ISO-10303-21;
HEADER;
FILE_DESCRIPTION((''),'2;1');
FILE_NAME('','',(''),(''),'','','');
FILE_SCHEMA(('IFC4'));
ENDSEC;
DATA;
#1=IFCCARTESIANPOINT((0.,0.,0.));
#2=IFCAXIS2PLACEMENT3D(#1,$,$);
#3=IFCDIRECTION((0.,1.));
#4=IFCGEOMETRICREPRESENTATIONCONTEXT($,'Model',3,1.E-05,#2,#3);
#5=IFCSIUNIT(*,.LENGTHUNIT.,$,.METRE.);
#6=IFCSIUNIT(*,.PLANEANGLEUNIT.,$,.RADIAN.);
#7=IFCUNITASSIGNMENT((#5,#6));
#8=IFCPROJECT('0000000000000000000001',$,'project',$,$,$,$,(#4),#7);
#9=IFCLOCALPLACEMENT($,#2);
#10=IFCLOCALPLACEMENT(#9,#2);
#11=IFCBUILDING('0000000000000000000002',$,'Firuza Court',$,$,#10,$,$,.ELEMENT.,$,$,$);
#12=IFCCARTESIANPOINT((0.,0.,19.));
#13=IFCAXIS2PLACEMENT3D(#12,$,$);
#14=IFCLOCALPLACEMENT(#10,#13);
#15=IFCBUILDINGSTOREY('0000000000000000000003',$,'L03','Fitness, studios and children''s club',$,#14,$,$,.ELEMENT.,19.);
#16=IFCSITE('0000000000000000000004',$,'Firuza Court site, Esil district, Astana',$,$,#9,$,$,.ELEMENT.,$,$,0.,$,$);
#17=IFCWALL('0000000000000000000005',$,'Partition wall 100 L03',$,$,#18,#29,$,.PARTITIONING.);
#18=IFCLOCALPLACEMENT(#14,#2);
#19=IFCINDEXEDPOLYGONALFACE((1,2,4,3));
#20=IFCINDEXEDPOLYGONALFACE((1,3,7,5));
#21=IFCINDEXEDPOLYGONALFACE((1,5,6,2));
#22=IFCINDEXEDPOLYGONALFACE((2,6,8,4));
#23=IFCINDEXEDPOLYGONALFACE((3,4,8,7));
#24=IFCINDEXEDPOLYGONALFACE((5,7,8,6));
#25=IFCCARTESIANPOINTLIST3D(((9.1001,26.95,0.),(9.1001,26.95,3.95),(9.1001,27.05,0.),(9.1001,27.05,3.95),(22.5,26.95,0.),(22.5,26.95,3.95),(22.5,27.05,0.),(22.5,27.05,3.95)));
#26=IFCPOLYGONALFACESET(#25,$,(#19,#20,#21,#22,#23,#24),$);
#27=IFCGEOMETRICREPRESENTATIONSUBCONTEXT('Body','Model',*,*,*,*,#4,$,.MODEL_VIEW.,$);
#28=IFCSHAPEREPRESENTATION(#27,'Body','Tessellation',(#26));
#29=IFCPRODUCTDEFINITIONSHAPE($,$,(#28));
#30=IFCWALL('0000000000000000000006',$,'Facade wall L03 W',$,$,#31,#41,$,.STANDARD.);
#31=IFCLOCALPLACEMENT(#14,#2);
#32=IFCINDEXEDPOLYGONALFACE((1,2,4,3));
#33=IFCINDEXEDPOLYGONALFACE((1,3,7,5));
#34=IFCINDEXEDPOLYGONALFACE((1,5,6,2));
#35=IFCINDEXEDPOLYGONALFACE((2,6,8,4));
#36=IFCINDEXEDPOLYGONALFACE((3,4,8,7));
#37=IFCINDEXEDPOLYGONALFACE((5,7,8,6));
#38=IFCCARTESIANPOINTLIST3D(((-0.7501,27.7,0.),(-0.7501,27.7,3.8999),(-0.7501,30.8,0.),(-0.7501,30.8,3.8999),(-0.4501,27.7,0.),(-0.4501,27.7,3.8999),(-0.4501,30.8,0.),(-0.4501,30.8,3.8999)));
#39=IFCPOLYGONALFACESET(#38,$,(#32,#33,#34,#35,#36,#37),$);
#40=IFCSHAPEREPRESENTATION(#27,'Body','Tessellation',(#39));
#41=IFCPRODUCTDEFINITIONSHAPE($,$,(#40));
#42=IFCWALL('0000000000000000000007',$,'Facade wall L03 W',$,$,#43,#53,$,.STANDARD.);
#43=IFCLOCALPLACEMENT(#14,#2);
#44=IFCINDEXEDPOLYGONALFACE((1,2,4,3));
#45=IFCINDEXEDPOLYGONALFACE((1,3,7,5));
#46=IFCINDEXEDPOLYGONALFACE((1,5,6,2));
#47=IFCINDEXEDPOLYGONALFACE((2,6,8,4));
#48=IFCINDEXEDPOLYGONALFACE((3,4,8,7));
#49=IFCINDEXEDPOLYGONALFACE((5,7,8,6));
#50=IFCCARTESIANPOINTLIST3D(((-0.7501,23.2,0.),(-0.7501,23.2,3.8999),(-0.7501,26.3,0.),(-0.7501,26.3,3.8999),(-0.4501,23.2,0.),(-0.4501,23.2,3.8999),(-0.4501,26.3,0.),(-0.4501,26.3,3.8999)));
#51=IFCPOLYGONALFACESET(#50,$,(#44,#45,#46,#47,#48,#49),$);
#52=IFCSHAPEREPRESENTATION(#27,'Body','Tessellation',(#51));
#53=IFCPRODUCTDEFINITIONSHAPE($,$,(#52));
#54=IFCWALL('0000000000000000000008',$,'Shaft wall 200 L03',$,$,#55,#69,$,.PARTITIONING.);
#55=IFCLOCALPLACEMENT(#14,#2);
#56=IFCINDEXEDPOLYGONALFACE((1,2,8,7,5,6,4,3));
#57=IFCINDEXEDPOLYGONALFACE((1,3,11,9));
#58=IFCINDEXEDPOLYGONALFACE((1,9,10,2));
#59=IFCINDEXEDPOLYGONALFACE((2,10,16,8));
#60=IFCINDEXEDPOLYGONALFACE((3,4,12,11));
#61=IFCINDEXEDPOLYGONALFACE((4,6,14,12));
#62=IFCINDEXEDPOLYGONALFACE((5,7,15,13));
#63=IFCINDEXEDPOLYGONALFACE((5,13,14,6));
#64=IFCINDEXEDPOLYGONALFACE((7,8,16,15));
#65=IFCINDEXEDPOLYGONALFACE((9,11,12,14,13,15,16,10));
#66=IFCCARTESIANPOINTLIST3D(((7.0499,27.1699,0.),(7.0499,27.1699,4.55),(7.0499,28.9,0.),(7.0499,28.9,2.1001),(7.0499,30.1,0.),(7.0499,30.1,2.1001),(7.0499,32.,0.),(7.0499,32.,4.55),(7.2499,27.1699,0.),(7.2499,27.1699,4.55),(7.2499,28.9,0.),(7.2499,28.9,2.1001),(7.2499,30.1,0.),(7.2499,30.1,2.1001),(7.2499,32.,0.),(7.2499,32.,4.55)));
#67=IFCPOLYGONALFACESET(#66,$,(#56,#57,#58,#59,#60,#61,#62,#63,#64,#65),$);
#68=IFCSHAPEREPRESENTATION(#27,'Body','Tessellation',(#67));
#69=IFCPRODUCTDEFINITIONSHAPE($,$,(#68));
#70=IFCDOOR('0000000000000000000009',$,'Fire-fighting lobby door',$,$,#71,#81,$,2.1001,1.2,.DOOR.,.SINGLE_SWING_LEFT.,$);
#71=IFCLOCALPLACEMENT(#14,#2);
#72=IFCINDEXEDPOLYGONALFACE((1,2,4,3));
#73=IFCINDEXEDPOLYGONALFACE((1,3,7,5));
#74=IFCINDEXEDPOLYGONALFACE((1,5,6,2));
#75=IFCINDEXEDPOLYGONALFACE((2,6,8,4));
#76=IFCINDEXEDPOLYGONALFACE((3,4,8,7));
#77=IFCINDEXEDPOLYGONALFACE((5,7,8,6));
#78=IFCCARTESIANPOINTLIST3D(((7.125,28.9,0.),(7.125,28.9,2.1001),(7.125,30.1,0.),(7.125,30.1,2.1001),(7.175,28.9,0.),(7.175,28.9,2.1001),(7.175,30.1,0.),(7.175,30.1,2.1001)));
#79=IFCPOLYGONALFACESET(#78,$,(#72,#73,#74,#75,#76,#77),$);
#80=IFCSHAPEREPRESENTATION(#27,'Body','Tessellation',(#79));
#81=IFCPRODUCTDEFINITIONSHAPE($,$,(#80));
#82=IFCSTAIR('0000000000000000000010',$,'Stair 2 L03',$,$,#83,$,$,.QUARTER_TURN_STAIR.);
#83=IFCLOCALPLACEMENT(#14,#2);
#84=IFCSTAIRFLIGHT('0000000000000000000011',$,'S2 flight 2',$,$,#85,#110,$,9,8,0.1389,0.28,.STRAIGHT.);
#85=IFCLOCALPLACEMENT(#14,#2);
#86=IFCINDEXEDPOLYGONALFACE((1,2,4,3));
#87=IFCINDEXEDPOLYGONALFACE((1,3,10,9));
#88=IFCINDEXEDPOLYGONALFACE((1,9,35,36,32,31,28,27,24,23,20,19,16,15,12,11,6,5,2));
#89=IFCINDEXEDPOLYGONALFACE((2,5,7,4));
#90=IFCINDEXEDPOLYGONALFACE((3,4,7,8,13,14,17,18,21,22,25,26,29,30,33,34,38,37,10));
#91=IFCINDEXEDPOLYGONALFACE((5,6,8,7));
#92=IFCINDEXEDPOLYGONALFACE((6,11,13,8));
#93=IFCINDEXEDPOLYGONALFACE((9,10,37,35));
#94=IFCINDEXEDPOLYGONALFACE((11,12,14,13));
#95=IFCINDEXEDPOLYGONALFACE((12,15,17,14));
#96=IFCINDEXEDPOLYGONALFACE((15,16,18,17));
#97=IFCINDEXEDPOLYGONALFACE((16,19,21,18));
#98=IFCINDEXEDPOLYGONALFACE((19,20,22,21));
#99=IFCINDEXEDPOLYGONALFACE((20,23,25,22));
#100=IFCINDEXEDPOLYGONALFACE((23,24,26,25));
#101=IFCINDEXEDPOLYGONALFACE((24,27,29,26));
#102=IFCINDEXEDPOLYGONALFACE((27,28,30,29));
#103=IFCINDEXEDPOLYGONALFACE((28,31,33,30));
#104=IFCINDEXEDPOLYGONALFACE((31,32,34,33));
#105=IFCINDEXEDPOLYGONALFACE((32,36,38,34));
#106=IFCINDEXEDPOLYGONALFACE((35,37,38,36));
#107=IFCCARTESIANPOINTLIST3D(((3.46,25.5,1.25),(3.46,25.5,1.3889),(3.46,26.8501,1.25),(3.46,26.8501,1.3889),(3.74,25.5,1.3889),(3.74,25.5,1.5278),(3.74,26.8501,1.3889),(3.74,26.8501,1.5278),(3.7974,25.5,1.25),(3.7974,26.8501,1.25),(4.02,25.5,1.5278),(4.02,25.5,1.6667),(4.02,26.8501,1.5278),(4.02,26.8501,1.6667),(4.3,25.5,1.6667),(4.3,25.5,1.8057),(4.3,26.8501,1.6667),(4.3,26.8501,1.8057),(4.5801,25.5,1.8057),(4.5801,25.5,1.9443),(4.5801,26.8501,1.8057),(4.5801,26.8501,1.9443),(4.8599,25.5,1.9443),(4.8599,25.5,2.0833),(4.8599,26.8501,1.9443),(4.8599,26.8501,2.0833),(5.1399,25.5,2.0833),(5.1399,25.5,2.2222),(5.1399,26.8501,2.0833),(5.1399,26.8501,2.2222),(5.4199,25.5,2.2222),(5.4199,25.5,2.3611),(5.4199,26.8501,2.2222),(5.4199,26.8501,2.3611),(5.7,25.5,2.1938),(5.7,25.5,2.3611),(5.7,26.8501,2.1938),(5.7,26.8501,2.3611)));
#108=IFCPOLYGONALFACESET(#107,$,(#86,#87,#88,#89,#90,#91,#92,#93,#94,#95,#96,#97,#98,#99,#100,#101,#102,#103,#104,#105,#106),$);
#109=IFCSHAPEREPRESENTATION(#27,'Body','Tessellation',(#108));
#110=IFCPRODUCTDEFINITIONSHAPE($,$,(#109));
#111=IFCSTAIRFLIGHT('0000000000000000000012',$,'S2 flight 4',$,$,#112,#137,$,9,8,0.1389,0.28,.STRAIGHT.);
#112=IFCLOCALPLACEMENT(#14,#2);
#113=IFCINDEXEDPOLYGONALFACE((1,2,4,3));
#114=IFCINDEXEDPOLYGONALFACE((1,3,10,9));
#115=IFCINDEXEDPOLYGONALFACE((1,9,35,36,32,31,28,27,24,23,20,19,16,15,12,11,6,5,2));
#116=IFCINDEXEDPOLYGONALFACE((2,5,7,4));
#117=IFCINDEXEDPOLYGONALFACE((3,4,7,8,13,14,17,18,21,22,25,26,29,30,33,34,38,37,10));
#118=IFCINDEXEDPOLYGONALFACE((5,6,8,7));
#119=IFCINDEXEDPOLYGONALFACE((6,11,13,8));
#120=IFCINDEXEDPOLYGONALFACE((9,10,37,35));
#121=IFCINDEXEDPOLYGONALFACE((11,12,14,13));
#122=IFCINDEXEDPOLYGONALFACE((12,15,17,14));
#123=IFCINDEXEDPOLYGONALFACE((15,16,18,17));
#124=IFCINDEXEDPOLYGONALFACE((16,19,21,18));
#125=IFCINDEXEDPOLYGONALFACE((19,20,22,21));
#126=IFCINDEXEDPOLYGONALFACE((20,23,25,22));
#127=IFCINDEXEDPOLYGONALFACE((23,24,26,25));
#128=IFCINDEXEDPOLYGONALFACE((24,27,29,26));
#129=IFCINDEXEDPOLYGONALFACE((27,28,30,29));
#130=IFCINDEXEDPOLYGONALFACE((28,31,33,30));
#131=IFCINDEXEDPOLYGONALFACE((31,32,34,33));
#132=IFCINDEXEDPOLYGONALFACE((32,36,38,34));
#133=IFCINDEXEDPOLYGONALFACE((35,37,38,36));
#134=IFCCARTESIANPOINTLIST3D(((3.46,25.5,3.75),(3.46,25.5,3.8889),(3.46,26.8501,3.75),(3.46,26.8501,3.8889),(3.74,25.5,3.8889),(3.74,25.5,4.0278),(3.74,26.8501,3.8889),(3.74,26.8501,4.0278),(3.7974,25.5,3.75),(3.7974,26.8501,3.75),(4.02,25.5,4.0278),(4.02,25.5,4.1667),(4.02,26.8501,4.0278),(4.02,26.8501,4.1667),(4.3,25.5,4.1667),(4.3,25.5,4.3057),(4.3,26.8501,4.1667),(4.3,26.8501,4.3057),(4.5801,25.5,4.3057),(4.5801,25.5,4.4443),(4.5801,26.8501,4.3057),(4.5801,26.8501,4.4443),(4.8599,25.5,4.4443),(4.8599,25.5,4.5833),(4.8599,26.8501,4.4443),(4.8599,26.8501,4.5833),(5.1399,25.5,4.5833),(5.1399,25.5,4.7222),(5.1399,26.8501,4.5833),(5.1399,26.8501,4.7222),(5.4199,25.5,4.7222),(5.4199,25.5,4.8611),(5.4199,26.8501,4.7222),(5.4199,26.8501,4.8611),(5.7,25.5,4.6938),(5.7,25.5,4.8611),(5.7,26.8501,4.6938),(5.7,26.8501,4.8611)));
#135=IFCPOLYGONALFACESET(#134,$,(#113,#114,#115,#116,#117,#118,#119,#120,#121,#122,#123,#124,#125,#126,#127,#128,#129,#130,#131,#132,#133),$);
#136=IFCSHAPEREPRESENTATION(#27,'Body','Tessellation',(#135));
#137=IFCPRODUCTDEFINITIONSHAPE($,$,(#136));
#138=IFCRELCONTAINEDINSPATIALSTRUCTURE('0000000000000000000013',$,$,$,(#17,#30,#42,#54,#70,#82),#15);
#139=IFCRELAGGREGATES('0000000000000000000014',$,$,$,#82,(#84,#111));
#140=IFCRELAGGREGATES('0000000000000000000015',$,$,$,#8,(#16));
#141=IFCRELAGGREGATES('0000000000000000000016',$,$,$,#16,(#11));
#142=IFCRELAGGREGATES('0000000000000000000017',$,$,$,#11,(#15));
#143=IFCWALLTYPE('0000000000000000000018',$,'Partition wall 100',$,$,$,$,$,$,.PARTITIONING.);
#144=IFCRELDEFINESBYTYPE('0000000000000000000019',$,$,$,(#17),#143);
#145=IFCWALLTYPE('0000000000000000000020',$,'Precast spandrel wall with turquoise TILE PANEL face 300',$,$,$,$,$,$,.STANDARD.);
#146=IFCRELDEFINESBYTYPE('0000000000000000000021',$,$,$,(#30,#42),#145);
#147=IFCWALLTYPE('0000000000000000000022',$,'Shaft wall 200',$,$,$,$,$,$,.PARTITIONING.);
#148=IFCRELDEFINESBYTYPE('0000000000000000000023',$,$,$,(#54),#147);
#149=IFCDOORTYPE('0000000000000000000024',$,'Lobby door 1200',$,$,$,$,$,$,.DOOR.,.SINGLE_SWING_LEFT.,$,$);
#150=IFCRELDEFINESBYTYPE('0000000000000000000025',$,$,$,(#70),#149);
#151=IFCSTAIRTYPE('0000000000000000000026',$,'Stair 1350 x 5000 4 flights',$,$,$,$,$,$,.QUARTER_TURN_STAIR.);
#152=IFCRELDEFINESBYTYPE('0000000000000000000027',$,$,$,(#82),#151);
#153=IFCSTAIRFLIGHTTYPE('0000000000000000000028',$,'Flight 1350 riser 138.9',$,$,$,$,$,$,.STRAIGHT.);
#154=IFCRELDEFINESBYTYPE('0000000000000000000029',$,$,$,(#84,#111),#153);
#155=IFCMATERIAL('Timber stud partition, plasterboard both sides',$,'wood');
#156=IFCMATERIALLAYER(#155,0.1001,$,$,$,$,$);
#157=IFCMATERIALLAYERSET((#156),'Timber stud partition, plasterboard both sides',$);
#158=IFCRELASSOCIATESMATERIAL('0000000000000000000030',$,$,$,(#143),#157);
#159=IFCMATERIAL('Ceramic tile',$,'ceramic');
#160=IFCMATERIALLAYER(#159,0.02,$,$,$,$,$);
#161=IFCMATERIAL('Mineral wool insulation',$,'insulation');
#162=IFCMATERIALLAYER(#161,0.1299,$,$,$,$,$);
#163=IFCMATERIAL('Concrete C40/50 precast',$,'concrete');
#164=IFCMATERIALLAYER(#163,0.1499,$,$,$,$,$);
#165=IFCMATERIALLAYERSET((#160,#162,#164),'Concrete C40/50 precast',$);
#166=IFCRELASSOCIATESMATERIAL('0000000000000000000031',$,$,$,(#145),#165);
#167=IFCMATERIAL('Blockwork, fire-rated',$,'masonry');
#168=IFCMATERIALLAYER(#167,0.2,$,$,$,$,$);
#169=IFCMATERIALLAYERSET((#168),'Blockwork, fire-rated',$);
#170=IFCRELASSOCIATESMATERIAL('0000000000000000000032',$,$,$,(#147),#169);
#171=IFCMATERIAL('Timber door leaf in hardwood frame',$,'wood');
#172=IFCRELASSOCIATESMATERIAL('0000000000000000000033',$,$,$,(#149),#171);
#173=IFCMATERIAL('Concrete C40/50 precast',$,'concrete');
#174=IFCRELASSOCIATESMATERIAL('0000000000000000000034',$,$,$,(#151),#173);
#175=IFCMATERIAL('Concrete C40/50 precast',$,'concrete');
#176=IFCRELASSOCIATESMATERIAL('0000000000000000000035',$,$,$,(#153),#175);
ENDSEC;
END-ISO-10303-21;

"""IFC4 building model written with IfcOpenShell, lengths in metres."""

from ifc_helpers import new_model, si_unit, direction, frame, frame_2d, origin, place, context, subcontext, project, spatial, polyline, rectangle, outline, extrude, material, layer, layer_set, type_object, element, fill, aggregate, save


model = new_model("IFC4")

# Units and contexts
model_context = context("Model", 3, precision=1e-05, world=origin(), true_north=direction((0.0, 1.0)))
body_context = subcontext(model_context, "Body", "Model", "MODEL_VIEW")
ifc_project = project(units=[si_unit("LENGTHUNIT", "METRE"), si_unit("PLANEANGLEUNIT", "RADIAN")], contexts=[model_context])

# Site, building, storey
site_placement = place(None, origin())
site = spatial("IfcSite", under=ifc_project, at=site_placement, Name="Firuza Court site, Esil district, Astana", CompositionType="ELEMENT", RefElevation=0.0)
building_placement = place(site_placement, origin())
building = spatial("IfcBuilding", under=site, at=building_placement, Name="Firuza Court", CompositionType="ELEMENT")
storey_placement = place(building_placement, frame((0.0, 0.0, 19.0)))
storey = spatial("IfcBuildingStorey", under=building, at=storey_placement, Name="L03", Description="Fitness, studios and children's club", CompositionType="ELEMENT", Elevation=19.0)

# Walls
ifc_material_1 = material(Name="Timber stud partition, plasterboard both sides", Category="wood")
ifc_layer_1 = layer(ifc_material_1, 0.1001)
ifc_layer_set_1 = layer_set([ifc_layer_1], Name="Timber stud partition, plasterboard both sides")
wall_type_1 = type_object("IfcWallType", Name="Partition wall 100", PredefinedType="PARTITIONING", material=ifc_layer_set_1)
wall_1_placement = place(storey_placement, frame((22.5, 27.0, 0.0), z_axis=(0.0, 0.0, 1.0), x_axis=(-1.0, 0.0, 0.0)))
element("IfcWall", 1, at=wall_1_placement, inside=storey, type_object=wall_type_1, Name="Partition wall 100 L03", PredefinedType="PARTITIONING", context=body_context, shape_type="SweptSolid", body=[
    extrude(rectangle(XDim=13.3999, YDim=0.1001, at=frame_2d((6.7, 0.0))), origin(), (0.0, 0.0, 1.0), 3.95),
])
ifc_material_2 = material(Name="Ceramic tile", Category="ceramic")
ifc_layer_2 = layer(ifc_material_2, 0.02)
ifc_material_3 = material(Name="Mineral wool insulation", Category="insulation")
ifc_layer_3 = layer(ifc_material_3, 0.1299)
ifc_material_4 = material(Name="Concrete C40/50 precast", Category="concrete")
ifc_layer_4 = layer(ifc_material_4, 0.1499)
ifc_layer_set_2 = layer_set([ifc_layer_2, ifc_layer_3, ifc_layer_4], Name="Concrete C40/50 precast")
wall_type_2 = type_object("IfcWallType", Name="Precast spandrel wall with turquoise TILE PANEL face 300", PredefinedType="STANDARD", material=ifc_layer_set_2)
for number, where, z_axis, x_axis, name in (
    (2, (-0.6001, 30.8, 0.0), (0.0, 0.0, 1.0), (0.0, -1.0, 0.0), "Facade wall L03 W"),
    (3, (-0.6001, 26.3, 0.0), (0.0, 0.0, 1.0), (0.0, -1.0, 0.0), "Facade wall L03 W"),
):
    element("IfcWall", number, at=place(storey_placement, frame(where, z_axis=z_axis, x_axis=x_axis)), inside=storey, type_object=wall_type_2, Name=name, PredefinedType="STANDARD", context=body_context, shape_type="SweptSolid", body=[
        extrude(rectangle(XDim=3.1001, YDim=0.3, at=frame_2d((1.55, 0.0))), origin(), (0.0, 0.0, 1.0), 3.8999),
    ])

# Wall, opening, door
ifc_material_5 = material(Name="Blockwork, fire-rated", Category="masonry")
ifc_layer_5 = layer(ifc_material_5, 0.2)
ifc_layer_set_3 = layer_set([ifc_layer_5], Name="Blockwork, fire-rated")
wall_type_3 = type_object("IfcWallType", Name="Shaft wall 200", PredefinedType="PARTITIONING", material=ifc_layer_set_3)
wall_2_placement = place(storey_placement, frame((7.1499, 27.1699, 0.0), z_axis=(0.0, 0.0, 1.0), x_axis=(0.0, 1.0, 0.0)))
wall_2 = element("IfcWall", 4, at=wall_2_placement, inside=storey, type_object=wall_type_3, Name="Shaft wall 200 L03", PredefinedType="PARTITIONING", context=body_context, shape_type="SweptSolid", body=[
    extrude(rectangle(XDim=4.8301, YDim=0.2, at=frame_2d((2.415, 0.0))), origin(), (0.0, 0.0, 1.0), 4.55),
])
opening_1_placement = place(wall_2_placement, frame((1.73, 0.0, 0.0)))
opening_1 = element("IfcOpeningElement", 5, at=opening_1_placement, cuts=wall_2, PredefinedType="OPENING", context=body_context, shape_type="SweptSolid", body=[
    extrude(rectangle(XDim=1.2, YDim=2.1001, at=frame_2d((0.6001, 1.05))), frame((0.0, 0.1118, 0.0), z_axis=(0.0, -1.0, 0.0), x_axis=(1.0, 0.0, 0.0)), (0.0, 0.0, 1.0), 0.2239),
])
ifc_material_6 = material(Name="Timber door leaf in hardwood frame", Category="wood")
door_type_1 = type_object("IfcDoorType", Name="Lobby door 1200", OperationType="SINGLE_SWING_LEFT", PredefinedType="DOOR", material=ifc_material_6)
door_1_placement = place(opening_1_placement, origin())
door_1 = element("IfcDoor", 6, at=door_1_placement, inside=storey, type_object=door_type_1, Name="Fire-fighting lobby door", OperationType="SINGLE_SWING_LEFT", OverallHeight=2.1001, OverallWidth=1.2, PredefinedType="DOOR", context=body_context, shape_type="SweptSolid", body=[
    extrude(rectangle(XDim=1.2, YDim=2.1001, at=frame_2d((0.6001, 1.05))), frame((0.0, 0.0249, 0.0), z_axis=(0.0, -1.0, 0.0), x_axis=(1.0, 0.0, 0.0)), (0.0, 0.0, 1.0), 0.05),
])
fill(opening_1, door_1)

# Stair, stair flights
ifc_material_7 = material(Name="Concrete C40/50 precast", Category="concrete")
stair_type = type_object("IfcStairType", Name="Stair 1350 x 5000 4 flights", PredefinedType="QUARTER_TURN_STAIR", material=ifc_material_7)
stair_placement = place(storey_placement, origin())
stair = element("IfcStair", 7, at=stair_placement, inside=storey, type_object=stair_type, Name="Stair 2 L03", PredefinedType="QUARTER_TURN_STAIR")
ifc_material_8 = material(Name="Concrete C40/50 precast", Category="concrete")
stair_flight_type = type_object("IfcStairFlightType", Name="Flight 1350 riser 138.9", PredefinedType="STRAIGHT", material=ifc_material_8)
stair_flight_1_placement = place(storey_placement, frame((3.46, 26.175, 1.25), z_axis=(0.0, 0.0, 1.0), x_axis=(1.0, 0.0, 0.0)))
stair_flight_1 = element("IfcStairFlight", 8, at=stair_flight_1_placement, type_object=stair_flight_type, Name="S2 flight 2", NumberOfRisers=9, NumberOfTreads=8, PredefinedType="STRAIGHT", RiserHeight=0.1389, TreadLength=0.28, context=body_context, shape_type="SweptSolid", body=[
    extrude(outline(polyline([(0.0, 0.0), (0.0, 0.1389), (0.28, 0.1389), (0.28, 0.2778), (0.5601, 0.2778), (0.5601, 0.4167), (0.8401, 0.4167), (0.8401, 0.5557), (1.1201, 0.5557), (1.1201, 0.6943), (1.3999, 0.6943), (1.3999, 0.8333), (1.6799, 0.8333), (1.6799, 0.9722), (1.96, 0.9722), (1.96, 1.1111), (2.24, 1.1111), (2.24, 1.25), (2.24, 0.9438), (0.3374, 0.0), (0.0, 0.0)])), frame((0.0, 0.675, 0.0), z_axis=(0.0, -1.0, 0.0), x_axis=(1.0, 0.0, 0.0)), (0.0, 0.0, 1.0), 1.3501),
])
stair_flight_2_placement = place(storey_placement, frame((3.46, 26.175, 3.75), z_axis=(0.0, 0.0, 1.0), x_axis=(1.0, 0.0, 0.0)))
stair_flight_2 = element("IfcStairFlight", 9, at=stair_flight_2_placement, type_object=stair_flight_type, Name="S2 flight 4", NumberOfRisers=9, NumberOfTreads=8, PredefinedType="STRAIGHT", RiserHeight=0.1389, TreadLength=0.28, context=body_context, shape_type="SweptSolid", body=[
    extrude(outline(polyline([(0.0, 0.0), (0.0, 0.1389), (0.28, 0.1389), (0.28, 0.2778), (0.5601, 0.2778), (0.5601, 0.4167), (0.8401, 0.4167), (0.8401, 0.5557), (1.1201, 0.5557), (1.1201, 0.6943), (1.3999, 0.6943), (1.3999, 0.8333), (1.6799, 0.8333), (1.6799, 0.9722), (1.96, 0.9722), (1.96, 1.1111), (2.24, 1.1111), (2.24, 1.25), (2.24, 0.9438), (0.3374, 0.0), (0.0, 0.0)])), frame((0.0, 0.675, 0.0), z_axis=(0.0, -1.0, 0.0), x_axis=(1.0, 0.0, 0.0)), (0.0, 0.0, 1.0), 1.3501),
])
aggregate(stair, [stair_flight_1, stair_flight_2])

save(model, "model.ifc")
